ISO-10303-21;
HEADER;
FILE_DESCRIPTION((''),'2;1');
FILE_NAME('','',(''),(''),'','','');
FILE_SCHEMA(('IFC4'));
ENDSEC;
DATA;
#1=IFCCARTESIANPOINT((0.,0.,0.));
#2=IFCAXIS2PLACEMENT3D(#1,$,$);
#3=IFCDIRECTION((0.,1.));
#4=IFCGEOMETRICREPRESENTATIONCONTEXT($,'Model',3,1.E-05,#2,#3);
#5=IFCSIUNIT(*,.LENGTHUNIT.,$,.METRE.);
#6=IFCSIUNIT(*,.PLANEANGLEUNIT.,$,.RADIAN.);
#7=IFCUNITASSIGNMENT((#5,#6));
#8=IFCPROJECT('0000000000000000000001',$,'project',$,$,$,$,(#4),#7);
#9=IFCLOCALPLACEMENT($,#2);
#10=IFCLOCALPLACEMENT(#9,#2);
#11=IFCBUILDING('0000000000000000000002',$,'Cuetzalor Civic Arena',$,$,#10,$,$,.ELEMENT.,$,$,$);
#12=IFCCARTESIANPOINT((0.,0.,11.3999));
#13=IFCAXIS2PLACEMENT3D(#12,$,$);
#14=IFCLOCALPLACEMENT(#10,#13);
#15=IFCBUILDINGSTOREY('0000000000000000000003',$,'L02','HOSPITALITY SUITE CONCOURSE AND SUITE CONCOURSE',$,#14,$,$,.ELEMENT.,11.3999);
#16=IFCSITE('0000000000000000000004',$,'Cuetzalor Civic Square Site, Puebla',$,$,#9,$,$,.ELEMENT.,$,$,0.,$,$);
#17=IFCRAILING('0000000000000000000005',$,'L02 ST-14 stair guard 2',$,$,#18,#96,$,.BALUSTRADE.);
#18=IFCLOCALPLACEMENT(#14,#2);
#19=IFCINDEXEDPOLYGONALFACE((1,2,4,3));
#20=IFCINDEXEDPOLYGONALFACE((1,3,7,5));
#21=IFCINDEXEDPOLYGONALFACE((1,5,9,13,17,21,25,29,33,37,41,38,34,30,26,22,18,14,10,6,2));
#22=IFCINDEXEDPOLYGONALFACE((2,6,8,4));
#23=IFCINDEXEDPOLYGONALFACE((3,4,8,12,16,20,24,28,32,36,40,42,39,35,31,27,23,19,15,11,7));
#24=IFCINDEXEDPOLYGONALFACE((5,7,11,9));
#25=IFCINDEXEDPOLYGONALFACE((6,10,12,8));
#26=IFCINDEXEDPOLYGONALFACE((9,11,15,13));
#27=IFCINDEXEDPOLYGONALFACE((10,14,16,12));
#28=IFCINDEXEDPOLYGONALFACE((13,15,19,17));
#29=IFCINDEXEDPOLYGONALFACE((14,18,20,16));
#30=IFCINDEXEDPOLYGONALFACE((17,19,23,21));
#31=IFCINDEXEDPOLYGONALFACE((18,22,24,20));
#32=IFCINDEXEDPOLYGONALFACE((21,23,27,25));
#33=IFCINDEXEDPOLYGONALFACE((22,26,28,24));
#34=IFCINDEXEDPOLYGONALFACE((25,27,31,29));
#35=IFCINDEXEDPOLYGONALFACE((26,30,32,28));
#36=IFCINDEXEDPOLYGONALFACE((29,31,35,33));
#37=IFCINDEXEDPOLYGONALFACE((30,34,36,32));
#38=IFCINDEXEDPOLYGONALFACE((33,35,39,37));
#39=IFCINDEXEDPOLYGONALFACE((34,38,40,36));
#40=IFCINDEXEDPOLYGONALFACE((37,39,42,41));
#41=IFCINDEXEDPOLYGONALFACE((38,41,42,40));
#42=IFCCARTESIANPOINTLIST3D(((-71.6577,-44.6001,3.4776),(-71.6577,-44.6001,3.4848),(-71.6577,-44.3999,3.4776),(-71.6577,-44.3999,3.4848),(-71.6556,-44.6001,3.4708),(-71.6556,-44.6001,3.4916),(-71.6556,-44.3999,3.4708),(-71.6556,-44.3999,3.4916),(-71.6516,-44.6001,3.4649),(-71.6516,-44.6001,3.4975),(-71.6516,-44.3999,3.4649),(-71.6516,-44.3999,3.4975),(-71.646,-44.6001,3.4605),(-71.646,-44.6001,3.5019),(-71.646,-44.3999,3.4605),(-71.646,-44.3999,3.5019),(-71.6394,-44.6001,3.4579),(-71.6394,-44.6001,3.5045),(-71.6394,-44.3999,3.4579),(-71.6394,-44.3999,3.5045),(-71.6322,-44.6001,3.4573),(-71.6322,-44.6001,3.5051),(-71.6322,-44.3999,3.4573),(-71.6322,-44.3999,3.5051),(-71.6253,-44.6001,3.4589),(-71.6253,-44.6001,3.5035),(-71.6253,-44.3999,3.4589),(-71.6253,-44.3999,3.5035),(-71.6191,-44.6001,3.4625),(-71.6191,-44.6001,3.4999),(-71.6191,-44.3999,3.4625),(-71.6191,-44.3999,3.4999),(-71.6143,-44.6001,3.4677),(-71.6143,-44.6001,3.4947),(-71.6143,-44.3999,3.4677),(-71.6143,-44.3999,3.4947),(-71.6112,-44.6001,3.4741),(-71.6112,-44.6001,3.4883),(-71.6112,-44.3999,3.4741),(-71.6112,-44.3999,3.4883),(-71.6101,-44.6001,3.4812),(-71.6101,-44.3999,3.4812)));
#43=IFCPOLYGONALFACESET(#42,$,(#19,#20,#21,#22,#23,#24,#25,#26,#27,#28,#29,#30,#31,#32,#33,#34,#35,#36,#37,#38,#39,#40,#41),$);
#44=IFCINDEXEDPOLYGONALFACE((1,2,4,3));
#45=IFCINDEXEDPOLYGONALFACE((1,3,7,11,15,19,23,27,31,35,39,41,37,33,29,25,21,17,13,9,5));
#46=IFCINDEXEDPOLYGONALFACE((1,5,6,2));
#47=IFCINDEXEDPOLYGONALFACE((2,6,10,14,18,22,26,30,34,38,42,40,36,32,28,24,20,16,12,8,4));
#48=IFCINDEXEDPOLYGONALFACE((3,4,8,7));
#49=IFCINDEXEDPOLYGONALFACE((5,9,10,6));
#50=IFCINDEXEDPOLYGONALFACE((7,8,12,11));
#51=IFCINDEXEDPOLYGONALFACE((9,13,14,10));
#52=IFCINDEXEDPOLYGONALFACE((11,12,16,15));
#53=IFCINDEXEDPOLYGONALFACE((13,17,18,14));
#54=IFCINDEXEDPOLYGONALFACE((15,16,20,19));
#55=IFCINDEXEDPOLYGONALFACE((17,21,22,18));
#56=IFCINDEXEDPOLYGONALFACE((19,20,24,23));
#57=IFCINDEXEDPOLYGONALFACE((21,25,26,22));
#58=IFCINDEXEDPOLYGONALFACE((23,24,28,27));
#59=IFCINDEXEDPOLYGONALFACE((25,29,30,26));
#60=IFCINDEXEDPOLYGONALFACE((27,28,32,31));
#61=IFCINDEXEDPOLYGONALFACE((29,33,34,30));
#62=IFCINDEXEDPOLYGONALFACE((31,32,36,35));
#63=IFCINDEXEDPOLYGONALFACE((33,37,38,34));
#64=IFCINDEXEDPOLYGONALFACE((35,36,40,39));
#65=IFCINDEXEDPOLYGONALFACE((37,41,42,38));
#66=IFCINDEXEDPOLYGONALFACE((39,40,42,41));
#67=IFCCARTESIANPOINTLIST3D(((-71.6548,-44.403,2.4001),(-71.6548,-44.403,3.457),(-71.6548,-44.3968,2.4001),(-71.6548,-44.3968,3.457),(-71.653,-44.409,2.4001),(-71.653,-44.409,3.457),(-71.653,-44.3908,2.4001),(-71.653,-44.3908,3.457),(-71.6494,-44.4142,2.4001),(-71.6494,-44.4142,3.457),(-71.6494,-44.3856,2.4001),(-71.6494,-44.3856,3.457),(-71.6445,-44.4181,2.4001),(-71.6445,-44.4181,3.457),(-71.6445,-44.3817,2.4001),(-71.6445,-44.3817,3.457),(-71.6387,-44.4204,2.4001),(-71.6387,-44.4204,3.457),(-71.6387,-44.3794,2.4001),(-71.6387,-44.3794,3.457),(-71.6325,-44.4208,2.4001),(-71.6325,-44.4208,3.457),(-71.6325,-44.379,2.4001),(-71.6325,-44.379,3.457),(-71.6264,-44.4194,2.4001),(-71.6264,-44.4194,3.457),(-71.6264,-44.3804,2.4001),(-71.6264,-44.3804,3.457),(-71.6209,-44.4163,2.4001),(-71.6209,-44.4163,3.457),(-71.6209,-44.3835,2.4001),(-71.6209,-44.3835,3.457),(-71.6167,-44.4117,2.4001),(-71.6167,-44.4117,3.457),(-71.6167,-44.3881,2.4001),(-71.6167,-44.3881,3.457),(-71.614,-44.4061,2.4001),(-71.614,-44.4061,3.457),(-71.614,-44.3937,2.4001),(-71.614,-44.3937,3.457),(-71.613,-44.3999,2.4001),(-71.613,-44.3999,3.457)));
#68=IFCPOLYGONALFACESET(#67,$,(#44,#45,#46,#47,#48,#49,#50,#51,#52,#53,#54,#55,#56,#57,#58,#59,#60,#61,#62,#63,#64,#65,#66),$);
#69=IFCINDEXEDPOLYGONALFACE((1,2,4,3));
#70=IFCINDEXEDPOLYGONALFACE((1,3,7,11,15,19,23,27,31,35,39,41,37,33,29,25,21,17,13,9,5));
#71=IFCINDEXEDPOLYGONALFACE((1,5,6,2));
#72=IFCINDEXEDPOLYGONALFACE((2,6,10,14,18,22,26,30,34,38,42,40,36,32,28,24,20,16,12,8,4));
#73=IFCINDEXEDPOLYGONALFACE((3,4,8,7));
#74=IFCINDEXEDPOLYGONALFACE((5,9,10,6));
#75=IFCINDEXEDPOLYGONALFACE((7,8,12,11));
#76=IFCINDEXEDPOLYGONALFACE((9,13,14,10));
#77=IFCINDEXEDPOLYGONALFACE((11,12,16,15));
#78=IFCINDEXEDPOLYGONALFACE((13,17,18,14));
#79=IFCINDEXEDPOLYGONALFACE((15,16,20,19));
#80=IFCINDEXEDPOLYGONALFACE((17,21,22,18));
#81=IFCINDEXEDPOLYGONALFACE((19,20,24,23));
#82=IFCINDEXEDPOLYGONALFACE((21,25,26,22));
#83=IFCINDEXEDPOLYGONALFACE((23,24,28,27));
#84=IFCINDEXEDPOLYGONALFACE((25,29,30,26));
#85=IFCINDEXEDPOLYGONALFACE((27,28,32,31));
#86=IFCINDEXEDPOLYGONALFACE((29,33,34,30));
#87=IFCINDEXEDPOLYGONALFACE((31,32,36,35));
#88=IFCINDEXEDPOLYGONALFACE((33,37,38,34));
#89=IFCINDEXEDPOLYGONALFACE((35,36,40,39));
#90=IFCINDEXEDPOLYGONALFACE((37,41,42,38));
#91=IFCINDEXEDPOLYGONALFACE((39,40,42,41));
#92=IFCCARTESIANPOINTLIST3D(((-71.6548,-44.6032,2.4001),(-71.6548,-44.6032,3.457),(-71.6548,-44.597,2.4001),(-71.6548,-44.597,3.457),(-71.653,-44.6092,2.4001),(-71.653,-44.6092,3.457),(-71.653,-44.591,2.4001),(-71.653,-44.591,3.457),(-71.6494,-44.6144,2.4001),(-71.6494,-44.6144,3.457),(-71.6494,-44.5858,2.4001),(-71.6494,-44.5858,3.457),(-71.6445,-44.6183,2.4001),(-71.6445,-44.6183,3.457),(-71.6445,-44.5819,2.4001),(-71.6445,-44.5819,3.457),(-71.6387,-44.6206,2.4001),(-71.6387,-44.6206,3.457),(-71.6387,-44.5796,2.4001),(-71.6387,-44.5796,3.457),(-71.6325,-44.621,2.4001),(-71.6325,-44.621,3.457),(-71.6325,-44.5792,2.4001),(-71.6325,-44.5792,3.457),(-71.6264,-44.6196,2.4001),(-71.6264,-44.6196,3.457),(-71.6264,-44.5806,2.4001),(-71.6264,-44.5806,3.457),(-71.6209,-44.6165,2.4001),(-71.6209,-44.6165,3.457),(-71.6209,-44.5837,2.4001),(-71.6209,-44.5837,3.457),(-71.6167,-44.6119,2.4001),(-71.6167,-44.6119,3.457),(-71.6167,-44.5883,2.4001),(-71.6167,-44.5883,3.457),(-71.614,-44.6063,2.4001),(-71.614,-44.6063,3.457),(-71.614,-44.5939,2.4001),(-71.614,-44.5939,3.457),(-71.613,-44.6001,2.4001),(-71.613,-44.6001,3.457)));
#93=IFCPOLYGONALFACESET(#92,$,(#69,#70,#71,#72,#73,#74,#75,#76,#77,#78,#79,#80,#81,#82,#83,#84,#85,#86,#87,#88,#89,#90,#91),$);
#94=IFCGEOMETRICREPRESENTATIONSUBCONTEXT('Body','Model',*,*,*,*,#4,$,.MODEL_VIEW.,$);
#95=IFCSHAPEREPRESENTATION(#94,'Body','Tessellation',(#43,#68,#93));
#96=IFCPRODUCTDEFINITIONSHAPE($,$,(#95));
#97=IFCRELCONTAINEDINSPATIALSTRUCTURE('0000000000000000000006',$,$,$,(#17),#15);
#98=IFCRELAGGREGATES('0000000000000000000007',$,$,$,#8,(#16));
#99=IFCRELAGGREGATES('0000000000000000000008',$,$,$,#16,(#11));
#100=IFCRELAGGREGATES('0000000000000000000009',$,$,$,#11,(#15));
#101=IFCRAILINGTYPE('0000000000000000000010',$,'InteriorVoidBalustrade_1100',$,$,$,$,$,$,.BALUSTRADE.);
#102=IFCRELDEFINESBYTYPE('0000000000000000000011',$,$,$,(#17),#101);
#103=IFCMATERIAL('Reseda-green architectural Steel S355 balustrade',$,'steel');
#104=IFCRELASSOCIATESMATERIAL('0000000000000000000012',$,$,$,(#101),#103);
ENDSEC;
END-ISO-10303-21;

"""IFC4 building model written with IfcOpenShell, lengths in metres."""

from ifc_helpers import new_model, si_unit, direction, frame, origin, origin_2d, place, context, subcontext, project, spatial, circle, extrude, material, type_object, element, save


model = new_model("IFC4")

# Units and contexts
model_context = context("Model", 3, precision=1e-05, world=origin(), true_north=direction((0.0, 1.0)))
body_context = subcontext(model_context, "Body", "Model", "MODEL_VIEW")
ifc_project = project(units=[si_unit("LENGTHUNIT", "METRE"), si_unit("PLANEANGLEUNIT", "RADIAN")], contexts=[model_context])

# Site, building, storey
site_placement = place(None, origin())
site = spatial("IfcSite", under=ifc_project, at=site_placement, Name="Cuetzalor Civic Square Site, Puebla", CompositionType="ELEMENT", RefElevation=0.0)
building_placement = place(site_placement, origin())
building = spatial("IfcBuilding", under=site, at=building_placement, Name="Cuetzalor Civic Arena", CompositionType="ELEMENT")
storey_placement = place(building_placement, frame((0.0, 0.0, 11.3999)))
storey = spatial("IfcBuildingStorey", under=building, at=storey_placement, Name="L02", Description="HOSPITALITY SUITE CONCOURSE AND SUITE CONCOURSE", CompositionType="ELEMENT", Elevation=11.3999)

# Railing
ifc_material_1 = material(Name="Reseda-green architectural Steel S355 balustrade", Category="steel")
railing_type_1 = type_object("IfcRailingType", Name="InteriorVoidBalustrade_1100", PredefinedType="BALUSTRADE", material=ifc_material_1)
railing_1_placement = place(storey_placement, frame((-71.634, -44.3999, 2.4001)))
element("IfcRailing", 1, at=railing_1_placement, inside=storey, type_object=railing_type_1, Name="L02 ST-14 stair guard 2", PredefinedType="BALUSTRADE", context=body_context, shape_type="SweptSolid", body=[
    extrude(circle(Radius=0.0239, at=origin_2d()), frame((0.0, 0.0, 1.0811), z_axis=(0.0, -1.0, 0.0), x_axis=(1.0, 0.0, 0.0)), (0.0, 0.0, 1.0), 0.2002),
    extrude(circle(Radius=0.021, at=origin_2d()), origin(), (0.0, 0.0, 1.0), 1.0569),
    extrude(circle(Radius=0.021, at=origin_2d()), frame((0.0, -0.2002, 0.0)), (0.0, 0.0, 1.0), 1.0569),
])

save(model, "model.ifc")
